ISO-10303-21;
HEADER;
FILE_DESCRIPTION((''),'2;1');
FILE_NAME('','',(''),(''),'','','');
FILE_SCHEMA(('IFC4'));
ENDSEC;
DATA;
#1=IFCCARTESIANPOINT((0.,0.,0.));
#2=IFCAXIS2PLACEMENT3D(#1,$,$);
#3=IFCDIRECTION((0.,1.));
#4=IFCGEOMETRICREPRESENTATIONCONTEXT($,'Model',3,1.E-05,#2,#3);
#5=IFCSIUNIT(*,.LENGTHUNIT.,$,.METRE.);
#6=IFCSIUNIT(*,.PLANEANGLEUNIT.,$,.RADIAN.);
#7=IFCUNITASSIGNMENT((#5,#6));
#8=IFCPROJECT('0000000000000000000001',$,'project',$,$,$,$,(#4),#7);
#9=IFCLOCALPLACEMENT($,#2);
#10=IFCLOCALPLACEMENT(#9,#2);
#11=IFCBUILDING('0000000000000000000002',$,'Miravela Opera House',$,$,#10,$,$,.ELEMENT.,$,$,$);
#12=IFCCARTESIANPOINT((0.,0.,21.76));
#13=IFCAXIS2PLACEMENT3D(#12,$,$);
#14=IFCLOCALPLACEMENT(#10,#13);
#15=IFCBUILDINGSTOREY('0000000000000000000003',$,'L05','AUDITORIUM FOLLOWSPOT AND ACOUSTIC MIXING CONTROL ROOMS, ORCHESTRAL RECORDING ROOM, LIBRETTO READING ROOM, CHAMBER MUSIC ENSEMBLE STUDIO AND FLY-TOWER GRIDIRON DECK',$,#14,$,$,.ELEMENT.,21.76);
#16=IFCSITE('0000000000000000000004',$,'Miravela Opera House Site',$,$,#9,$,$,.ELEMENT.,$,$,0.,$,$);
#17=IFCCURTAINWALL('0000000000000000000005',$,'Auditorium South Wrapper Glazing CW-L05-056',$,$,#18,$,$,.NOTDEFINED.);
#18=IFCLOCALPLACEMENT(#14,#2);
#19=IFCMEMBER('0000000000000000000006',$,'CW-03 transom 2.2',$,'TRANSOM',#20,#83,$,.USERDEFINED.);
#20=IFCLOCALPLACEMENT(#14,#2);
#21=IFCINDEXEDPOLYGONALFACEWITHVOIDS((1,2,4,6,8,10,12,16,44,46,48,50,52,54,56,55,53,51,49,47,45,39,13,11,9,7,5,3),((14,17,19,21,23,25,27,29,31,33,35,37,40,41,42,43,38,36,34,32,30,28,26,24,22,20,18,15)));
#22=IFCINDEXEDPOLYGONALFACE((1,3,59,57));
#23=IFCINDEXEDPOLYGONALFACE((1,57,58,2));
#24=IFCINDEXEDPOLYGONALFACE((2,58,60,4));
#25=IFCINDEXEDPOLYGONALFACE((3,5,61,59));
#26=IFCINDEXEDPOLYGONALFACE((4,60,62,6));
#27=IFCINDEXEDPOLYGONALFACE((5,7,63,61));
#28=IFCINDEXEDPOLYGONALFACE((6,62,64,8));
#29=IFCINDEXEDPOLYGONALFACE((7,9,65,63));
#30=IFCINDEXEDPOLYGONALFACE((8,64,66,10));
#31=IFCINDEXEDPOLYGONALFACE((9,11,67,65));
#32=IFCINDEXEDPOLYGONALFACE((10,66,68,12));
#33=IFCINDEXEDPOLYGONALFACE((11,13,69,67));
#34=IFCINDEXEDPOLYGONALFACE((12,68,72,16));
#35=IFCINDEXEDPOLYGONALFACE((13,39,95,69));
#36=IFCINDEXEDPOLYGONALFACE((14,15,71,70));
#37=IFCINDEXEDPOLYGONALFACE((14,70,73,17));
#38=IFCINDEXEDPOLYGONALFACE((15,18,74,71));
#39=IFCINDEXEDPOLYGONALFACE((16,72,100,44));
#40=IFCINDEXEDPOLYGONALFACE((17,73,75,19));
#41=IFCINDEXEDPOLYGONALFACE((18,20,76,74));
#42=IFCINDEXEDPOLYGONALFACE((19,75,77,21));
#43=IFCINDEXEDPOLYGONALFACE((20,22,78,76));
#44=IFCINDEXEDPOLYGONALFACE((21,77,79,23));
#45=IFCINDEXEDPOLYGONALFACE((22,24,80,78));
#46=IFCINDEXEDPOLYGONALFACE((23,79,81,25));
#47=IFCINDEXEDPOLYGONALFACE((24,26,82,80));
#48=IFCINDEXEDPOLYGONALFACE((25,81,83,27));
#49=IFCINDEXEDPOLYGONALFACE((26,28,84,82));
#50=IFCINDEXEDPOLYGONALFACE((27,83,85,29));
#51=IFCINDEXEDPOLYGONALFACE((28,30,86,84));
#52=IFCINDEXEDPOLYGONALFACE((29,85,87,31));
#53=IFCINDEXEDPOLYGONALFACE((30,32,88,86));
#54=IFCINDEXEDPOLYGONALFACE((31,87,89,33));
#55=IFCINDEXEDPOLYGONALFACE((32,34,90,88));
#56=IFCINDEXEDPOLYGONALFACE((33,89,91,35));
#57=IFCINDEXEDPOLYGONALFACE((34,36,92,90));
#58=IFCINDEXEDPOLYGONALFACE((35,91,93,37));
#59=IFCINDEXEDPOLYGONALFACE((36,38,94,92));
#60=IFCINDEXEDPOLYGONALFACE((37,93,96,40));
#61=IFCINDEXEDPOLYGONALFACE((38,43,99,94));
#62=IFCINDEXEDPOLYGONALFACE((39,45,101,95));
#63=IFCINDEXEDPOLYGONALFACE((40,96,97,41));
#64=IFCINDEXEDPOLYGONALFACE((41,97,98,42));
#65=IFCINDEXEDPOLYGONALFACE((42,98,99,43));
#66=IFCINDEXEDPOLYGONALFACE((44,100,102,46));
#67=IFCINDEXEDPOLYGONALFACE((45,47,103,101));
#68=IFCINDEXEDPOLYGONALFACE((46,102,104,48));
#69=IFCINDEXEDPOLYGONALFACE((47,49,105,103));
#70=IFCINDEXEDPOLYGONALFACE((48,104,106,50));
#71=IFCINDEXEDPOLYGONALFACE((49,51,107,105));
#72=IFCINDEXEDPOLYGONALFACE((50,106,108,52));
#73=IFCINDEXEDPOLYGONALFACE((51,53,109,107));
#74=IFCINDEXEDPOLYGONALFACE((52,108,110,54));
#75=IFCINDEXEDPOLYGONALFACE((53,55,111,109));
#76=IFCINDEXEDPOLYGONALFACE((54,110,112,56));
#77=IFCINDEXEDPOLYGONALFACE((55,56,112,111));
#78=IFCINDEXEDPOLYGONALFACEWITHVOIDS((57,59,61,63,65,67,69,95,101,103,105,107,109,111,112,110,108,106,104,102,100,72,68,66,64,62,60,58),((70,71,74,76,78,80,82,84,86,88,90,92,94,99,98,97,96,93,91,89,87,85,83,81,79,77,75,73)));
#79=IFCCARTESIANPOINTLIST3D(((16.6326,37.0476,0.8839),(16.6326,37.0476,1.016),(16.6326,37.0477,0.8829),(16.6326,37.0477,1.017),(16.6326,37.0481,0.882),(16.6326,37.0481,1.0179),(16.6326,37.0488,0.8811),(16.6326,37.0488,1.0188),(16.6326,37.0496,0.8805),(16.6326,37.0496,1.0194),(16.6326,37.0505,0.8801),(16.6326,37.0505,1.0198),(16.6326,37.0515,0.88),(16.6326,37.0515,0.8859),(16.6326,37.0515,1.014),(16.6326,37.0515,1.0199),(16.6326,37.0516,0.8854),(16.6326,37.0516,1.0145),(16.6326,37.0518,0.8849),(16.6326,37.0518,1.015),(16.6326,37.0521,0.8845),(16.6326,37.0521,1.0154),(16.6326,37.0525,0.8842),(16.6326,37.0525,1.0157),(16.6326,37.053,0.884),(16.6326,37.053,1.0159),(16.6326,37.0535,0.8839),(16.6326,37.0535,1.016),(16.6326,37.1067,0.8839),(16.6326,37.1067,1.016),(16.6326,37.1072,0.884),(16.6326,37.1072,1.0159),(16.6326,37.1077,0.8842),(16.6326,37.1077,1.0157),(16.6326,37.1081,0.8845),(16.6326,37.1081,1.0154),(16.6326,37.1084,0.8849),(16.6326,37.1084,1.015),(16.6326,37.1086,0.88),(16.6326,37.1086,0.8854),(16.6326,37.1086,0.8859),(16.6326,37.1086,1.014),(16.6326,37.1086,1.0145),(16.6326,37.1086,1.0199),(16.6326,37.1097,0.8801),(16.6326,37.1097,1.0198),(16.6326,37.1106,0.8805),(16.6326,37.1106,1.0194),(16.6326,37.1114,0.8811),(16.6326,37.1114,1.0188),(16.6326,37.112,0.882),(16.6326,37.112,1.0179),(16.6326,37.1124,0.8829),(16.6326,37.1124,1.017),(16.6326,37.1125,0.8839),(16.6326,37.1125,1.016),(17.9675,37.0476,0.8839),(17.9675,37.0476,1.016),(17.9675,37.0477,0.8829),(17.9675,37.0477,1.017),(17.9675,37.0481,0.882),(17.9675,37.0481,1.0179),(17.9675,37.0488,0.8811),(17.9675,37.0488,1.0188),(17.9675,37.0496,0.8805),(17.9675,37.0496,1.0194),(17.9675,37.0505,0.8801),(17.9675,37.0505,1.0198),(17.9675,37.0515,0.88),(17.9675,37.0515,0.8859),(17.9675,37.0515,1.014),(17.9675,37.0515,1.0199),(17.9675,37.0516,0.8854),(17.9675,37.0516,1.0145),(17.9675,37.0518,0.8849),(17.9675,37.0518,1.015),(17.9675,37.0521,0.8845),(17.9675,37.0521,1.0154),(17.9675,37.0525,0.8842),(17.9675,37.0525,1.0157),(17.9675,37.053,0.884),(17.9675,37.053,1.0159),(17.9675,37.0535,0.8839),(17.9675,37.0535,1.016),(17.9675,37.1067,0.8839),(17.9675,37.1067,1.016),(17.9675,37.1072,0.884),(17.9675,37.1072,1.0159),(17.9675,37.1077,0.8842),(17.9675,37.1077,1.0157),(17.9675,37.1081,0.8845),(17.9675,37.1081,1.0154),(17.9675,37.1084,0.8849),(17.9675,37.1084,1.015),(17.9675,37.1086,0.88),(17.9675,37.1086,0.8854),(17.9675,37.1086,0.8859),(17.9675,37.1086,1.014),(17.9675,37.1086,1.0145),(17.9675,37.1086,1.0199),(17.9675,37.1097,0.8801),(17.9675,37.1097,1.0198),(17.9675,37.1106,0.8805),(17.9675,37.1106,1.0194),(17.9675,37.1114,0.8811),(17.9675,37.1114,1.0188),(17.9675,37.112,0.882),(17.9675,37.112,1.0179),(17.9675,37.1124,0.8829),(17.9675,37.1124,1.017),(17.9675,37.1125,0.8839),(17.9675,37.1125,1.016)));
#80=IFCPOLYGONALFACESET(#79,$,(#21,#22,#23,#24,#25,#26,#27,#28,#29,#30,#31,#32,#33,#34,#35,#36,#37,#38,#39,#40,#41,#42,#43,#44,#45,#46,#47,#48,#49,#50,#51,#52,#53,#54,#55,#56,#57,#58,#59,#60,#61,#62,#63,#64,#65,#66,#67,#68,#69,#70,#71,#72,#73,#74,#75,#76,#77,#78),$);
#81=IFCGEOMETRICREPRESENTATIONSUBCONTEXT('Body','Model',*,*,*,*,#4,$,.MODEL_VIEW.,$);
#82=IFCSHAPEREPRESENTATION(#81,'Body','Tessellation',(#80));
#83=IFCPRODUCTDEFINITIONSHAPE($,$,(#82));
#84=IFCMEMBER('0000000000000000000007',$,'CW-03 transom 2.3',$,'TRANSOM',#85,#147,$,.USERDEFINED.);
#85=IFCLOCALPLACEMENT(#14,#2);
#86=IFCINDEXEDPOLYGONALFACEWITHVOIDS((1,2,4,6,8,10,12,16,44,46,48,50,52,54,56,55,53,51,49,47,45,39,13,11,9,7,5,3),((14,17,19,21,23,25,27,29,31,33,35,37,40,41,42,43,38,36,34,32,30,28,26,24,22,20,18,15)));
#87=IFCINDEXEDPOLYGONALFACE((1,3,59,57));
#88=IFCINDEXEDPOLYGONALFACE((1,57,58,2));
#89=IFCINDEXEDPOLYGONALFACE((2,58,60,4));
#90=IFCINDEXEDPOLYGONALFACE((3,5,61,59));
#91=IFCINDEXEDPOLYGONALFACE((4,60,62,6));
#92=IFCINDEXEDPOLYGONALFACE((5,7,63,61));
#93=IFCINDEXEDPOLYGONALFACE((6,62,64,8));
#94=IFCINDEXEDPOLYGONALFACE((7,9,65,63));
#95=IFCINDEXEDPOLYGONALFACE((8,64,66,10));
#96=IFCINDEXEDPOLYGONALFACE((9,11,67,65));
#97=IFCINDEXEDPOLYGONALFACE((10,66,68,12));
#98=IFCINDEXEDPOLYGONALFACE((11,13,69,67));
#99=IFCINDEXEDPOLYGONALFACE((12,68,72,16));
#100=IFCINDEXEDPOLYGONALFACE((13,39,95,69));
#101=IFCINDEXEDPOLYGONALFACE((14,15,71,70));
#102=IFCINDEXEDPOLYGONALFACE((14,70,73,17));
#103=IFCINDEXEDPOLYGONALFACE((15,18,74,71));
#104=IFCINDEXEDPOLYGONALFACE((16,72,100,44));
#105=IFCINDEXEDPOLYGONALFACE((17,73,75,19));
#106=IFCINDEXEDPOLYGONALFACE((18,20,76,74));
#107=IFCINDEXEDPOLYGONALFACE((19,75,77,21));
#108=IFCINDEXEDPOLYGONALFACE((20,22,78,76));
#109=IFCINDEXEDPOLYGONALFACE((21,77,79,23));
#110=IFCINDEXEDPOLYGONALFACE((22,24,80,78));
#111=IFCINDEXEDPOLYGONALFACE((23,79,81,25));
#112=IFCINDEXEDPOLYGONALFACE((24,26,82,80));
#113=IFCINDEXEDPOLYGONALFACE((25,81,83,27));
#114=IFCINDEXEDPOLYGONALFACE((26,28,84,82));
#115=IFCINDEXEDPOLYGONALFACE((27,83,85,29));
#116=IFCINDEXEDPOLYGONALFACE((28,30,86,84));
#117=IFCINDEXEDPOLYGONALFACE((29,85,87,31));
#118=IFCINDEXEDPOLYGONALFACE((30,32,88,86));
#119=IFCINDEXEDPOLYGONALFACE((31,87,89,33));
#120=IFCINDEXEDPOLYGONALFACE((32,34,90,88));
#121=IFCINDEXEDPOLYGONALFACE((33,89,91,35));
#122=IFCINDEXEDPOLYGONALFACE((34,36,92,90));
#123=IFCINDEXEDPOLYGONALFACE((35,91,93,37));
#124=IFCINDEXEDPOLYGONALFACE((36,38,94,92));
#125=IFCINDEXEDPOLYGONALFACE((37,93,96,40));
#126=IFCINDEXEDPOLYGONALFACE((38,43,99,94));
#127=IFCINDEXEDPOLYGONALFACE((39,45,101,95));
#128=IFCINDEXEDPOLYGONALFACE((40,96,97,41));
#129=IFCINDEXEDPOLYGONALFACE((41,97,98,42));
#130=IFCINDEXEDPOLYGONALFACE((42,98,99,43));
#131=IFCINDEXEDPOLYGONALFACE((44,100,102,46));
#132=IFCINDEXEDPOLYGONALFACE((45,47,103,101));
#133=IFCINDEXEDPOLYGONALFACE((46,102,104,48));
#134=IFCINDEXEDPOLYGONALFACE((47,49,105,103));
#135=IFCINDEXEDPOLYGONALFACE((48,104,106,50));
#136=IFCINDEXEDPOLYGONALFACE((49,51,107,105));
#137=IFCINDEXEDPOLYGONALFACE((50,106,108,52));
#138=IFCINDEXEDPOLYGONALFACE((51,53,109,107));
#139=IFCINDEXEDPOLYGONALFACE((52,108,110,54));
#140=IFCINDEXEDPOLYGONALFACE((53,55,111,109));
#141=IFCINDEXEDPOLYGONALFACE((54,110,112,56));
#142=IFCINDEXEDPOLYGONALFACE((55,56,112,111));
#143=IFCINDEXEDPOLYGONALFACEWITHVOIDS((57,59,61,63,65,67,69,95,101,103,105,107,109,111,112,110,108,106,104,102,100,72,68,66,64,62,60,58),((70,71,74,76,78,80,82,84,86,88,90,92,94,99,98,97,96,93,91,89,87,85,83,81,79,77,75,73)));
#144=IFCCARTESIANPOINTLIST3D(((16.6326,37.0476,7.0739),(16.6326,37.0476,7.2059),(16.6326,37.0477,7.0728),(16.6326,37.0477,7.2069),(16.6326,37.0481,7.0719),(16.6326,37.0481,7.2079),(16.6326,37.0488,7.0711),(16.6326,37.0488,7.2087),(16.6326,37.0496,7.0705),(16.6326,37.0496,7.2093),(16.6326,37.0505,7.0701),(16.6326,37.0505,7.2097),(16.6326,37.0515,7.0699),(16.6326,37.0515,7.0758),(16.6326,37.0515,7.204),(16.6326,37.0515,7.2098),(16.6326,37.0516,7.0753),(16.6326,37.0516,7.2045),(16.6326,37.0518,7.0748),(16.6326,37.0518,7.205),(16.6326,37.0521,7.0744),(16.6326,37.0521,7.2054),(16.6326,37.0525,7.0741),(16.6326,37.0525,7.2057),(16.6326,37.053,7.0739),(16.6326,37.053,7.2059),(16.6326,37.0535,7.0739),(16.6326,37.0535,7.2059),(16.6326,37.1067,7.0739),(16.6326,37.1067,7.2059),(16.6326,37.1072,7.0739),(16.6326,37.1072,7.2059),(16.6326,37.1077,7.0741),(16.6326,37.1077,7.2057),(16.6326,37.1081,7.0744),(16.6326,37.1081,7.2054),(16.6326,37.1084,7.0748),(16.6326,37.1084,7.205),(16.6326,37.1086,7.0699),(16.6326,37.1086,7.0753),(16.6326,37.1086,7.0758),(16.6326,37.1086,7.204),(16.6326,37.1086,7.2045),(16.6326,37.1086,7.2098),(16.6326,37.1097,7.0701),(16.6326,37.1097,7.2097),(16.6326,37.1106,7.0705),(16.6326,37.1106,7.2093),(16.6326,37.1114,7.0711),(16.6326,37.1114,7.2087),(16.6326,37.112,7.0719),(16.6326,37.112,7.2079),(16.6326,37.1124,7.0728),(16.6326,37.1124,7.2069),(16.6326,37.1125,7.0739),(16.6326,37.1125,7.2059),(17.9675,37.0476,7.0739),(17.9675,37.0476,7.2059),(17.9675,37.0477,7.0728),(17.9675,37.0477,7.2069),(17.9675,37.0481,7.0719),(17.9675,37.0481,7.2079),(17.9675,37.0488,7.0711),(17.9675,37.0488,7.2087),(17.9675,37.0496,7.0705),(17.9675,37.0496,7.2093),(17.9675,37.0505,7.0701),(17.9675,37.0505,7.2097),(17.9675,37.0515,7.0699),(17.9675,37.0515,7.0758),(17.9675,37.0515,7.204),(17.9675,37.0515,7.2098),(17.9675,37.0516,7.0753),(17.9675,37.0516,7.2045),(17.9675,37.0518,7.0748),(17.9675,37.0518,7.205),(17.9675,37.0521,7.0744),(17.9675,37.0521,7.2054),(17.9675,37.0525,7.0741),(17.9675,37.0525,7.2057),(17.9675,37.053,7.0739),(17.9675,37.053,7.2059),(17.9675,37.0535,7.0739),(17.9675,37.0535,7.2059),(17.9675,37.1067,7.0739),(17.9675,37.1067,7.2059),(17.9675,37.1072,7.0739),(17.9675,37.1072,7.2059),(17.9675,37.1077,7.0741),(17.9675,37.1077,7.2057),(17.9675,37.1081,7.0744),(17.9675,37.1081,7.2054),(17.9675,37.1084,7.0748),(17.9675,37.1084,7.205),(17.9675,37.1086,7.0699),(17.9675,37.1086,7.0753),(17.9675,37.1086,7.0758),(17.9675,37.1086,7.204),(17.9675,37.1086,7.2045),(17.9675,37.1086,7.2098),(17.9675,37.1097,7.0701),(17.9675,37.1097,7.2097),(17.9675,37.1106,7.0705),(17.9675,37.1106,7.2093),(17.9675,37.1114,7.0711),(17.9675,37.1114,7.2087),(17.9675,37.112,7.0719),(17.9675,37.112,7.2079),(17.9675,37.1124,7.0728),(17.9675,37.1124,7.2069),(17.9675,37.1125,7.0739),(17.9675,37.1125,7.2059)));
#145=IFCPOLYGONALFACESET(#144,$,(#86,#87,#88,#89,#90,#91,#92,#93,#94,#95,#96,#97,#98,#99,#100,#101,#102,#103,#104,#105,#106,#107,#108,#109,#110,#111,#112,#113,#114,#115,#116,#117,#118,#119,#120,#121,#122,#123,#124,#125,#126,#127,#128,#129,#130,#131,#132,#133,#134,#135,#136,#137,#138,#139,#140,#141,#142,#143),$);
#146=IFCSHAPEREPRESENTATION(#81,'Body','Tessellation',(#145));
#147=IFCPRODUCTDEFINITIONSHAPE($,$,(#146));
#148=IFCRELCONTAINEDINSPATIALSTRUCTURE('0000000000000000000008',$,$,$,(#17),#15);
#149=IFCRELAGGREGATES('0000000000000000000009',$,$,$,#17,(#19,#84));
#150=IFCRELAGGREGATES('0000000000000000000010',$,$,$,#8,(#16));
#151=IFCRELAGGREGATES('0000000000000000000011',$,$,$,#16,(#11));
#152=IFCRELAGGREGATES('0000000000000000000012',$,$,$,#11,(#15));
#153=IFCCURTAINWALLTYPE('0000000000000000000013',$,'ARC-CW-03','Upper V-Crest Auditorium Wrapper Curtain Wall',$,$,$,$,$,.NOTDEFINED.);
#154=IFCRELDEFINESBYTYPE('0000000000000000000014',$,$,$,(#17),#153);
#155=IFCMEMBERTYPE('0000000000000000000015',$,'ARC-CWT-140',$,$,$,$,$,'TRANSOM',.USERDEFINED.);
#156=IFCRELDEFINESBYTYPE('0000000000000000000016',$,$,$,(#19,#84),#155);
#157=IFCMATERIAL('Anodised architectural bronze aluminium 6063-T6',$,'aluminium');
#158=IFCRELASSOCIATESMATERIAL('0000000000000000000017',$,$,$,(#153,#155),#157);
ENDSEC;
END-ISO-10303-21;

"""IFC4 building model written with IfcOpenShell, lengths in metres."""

from ifc_helpers import new_model, si_unit, direction, frame, origin, origin_2d, place, context, subcontext, project, spatial, hollow_rectangle, extrude, material, material_profile, profile_set, type_object, element, aggregate, save


model = new_model("IFC4")

# Units and contexts
model_context = context("Model", 3, precision=1e-05, world=origin(), true_north=direction((0.0, 1.0)))
body_context = subcontext(model_context, "Body", "Model", "MODEL_VIEW")
ifc_project = project(units=[si_unit("LENGTHUNIT", "METRE"), si_unit("PLANEANGLEUNIT", "RADIAN")], contexts=[model_context])

# Site, building, storey
site_placement = place(None, origin())
site = spatial("IfcSite", under=ifc_project, at=site_placement, Name="Miravela Opera House Site", CompositionType="ELEMENT", RefElevation=0.0)
building_placement = place(site_placement, origin())
building = spatial("IfcBuilding", under=site, at=building_placement, Name="Miravela Opera House", CompositionType="ELEMENT")
storey_placement = place(building_placement, frame((0.0, 0.0, 21.76)))
storey = spatial("IfcBuildingStorey", under=building, at=storey_placement, Name="L05", Description="AUDITORIUM FOLLOWSPOT AND ACOUSTIC MIXING CONTROL ROOMS, ORCHESTRAL RECORDING ROOM, LIBRETTO READING ROOM, CHAMBER MUSIC ENSEMBLE STUDIO AND FLY-TOWER GRIDIRON DECK", CompositionType="ELEMENT", Elevation=21.76)

# Curtain wall, members
ifc_material_1 = material(Name="Anodised architectural bronze aluminium 6063-T6", Category="aluminium")
curtain_wall_type = type_object("IfcCurtainWallType", Name="ARC-CW-03", Description="Upper V-Crest Auditorium Wrapper Curtain Wall", PredefinedType="NOTDEFINED", material=ifc_material_1)
curtain_wall_placement = place(storey_placement, origin())
curtain_wall = element("IfcCurtainWall", 1, at=curtain_wall_placement, inside=storey, type_object=curtain_wall_type, Name="Auditorium South Wrapper Glazing CW-L05-056", PredefinedType="NOTDEFINED")
ifc_material_profile_1 = material_profile(ifc_material_1, hollow_rectangle(XDim=0.0649, YDim=0.1399, WallThickness=0.0039, InnerFilletRadius=0.002, OuterFilletRadius=0.0039, at=origin_2d()), Name="CWT-65X140")
ifc_profile_set_1 = profile_set([ifc_material_profile_1])
member_type_1 = type_object("IfcMemberType", Name="ARC-CWT-140", ElementType="TRANSOM", PredefinedType="USERDEFINED", material=ifc_profile_set_1)
member_1_placement = place(storey_placement, frame((16.6326, 37.0801, 0.95), z_axis=(1.0, 0.0, 0.0), x_axis=(0.0, 1.0, 0.0)))
member_1 = element("IfcMember", 2, at=member_1_placement, type_object=member_type_1, Name="CW-03 transom 2.2", ObjectType="TRANSOM", PredefinedType="USERDEFINED", context=body_context, shape_type="SweptSolid", body=[
    extrude(hollow_rectangle(XDim=0.0649, YDim=0.1399, WallThickness=0.0039, InnerFilletRadius=0.002, OuterFilletRadius=0.0039, at=origin_2d()), origin(), (0.0, 0.0, 1.0), 1.335),
])
member_2_placement = place(storey_placement, frame((16.6326, 37.0801, 7.1399), z_axis=(1.0, 0.0, 0.0), x_axis=(0.0, 1.0, 0.0)))
member_2 = element("IfcMember", 3, at=member_2_placement, type_object=member_type_1, Name="CW-03 transom 2.3", ObjectType="TRANSOM", PredefinedType="USERDEFINED", context=body_context, shape_type="SweptSolid", body=[
    extrude(hollow_rectangle(XDim=0.0649, YDim=0.1399, WallThickness=0.0039, InnerFilletRadius=0.002, OuterFilletRadius=0.0039, at=origin_2d()), origin(), (0.0, 0.0, 1.0), 1.335),
])

aggregate(curtain_wall, [member_1, member_2])

save(model, "model.ifc")
